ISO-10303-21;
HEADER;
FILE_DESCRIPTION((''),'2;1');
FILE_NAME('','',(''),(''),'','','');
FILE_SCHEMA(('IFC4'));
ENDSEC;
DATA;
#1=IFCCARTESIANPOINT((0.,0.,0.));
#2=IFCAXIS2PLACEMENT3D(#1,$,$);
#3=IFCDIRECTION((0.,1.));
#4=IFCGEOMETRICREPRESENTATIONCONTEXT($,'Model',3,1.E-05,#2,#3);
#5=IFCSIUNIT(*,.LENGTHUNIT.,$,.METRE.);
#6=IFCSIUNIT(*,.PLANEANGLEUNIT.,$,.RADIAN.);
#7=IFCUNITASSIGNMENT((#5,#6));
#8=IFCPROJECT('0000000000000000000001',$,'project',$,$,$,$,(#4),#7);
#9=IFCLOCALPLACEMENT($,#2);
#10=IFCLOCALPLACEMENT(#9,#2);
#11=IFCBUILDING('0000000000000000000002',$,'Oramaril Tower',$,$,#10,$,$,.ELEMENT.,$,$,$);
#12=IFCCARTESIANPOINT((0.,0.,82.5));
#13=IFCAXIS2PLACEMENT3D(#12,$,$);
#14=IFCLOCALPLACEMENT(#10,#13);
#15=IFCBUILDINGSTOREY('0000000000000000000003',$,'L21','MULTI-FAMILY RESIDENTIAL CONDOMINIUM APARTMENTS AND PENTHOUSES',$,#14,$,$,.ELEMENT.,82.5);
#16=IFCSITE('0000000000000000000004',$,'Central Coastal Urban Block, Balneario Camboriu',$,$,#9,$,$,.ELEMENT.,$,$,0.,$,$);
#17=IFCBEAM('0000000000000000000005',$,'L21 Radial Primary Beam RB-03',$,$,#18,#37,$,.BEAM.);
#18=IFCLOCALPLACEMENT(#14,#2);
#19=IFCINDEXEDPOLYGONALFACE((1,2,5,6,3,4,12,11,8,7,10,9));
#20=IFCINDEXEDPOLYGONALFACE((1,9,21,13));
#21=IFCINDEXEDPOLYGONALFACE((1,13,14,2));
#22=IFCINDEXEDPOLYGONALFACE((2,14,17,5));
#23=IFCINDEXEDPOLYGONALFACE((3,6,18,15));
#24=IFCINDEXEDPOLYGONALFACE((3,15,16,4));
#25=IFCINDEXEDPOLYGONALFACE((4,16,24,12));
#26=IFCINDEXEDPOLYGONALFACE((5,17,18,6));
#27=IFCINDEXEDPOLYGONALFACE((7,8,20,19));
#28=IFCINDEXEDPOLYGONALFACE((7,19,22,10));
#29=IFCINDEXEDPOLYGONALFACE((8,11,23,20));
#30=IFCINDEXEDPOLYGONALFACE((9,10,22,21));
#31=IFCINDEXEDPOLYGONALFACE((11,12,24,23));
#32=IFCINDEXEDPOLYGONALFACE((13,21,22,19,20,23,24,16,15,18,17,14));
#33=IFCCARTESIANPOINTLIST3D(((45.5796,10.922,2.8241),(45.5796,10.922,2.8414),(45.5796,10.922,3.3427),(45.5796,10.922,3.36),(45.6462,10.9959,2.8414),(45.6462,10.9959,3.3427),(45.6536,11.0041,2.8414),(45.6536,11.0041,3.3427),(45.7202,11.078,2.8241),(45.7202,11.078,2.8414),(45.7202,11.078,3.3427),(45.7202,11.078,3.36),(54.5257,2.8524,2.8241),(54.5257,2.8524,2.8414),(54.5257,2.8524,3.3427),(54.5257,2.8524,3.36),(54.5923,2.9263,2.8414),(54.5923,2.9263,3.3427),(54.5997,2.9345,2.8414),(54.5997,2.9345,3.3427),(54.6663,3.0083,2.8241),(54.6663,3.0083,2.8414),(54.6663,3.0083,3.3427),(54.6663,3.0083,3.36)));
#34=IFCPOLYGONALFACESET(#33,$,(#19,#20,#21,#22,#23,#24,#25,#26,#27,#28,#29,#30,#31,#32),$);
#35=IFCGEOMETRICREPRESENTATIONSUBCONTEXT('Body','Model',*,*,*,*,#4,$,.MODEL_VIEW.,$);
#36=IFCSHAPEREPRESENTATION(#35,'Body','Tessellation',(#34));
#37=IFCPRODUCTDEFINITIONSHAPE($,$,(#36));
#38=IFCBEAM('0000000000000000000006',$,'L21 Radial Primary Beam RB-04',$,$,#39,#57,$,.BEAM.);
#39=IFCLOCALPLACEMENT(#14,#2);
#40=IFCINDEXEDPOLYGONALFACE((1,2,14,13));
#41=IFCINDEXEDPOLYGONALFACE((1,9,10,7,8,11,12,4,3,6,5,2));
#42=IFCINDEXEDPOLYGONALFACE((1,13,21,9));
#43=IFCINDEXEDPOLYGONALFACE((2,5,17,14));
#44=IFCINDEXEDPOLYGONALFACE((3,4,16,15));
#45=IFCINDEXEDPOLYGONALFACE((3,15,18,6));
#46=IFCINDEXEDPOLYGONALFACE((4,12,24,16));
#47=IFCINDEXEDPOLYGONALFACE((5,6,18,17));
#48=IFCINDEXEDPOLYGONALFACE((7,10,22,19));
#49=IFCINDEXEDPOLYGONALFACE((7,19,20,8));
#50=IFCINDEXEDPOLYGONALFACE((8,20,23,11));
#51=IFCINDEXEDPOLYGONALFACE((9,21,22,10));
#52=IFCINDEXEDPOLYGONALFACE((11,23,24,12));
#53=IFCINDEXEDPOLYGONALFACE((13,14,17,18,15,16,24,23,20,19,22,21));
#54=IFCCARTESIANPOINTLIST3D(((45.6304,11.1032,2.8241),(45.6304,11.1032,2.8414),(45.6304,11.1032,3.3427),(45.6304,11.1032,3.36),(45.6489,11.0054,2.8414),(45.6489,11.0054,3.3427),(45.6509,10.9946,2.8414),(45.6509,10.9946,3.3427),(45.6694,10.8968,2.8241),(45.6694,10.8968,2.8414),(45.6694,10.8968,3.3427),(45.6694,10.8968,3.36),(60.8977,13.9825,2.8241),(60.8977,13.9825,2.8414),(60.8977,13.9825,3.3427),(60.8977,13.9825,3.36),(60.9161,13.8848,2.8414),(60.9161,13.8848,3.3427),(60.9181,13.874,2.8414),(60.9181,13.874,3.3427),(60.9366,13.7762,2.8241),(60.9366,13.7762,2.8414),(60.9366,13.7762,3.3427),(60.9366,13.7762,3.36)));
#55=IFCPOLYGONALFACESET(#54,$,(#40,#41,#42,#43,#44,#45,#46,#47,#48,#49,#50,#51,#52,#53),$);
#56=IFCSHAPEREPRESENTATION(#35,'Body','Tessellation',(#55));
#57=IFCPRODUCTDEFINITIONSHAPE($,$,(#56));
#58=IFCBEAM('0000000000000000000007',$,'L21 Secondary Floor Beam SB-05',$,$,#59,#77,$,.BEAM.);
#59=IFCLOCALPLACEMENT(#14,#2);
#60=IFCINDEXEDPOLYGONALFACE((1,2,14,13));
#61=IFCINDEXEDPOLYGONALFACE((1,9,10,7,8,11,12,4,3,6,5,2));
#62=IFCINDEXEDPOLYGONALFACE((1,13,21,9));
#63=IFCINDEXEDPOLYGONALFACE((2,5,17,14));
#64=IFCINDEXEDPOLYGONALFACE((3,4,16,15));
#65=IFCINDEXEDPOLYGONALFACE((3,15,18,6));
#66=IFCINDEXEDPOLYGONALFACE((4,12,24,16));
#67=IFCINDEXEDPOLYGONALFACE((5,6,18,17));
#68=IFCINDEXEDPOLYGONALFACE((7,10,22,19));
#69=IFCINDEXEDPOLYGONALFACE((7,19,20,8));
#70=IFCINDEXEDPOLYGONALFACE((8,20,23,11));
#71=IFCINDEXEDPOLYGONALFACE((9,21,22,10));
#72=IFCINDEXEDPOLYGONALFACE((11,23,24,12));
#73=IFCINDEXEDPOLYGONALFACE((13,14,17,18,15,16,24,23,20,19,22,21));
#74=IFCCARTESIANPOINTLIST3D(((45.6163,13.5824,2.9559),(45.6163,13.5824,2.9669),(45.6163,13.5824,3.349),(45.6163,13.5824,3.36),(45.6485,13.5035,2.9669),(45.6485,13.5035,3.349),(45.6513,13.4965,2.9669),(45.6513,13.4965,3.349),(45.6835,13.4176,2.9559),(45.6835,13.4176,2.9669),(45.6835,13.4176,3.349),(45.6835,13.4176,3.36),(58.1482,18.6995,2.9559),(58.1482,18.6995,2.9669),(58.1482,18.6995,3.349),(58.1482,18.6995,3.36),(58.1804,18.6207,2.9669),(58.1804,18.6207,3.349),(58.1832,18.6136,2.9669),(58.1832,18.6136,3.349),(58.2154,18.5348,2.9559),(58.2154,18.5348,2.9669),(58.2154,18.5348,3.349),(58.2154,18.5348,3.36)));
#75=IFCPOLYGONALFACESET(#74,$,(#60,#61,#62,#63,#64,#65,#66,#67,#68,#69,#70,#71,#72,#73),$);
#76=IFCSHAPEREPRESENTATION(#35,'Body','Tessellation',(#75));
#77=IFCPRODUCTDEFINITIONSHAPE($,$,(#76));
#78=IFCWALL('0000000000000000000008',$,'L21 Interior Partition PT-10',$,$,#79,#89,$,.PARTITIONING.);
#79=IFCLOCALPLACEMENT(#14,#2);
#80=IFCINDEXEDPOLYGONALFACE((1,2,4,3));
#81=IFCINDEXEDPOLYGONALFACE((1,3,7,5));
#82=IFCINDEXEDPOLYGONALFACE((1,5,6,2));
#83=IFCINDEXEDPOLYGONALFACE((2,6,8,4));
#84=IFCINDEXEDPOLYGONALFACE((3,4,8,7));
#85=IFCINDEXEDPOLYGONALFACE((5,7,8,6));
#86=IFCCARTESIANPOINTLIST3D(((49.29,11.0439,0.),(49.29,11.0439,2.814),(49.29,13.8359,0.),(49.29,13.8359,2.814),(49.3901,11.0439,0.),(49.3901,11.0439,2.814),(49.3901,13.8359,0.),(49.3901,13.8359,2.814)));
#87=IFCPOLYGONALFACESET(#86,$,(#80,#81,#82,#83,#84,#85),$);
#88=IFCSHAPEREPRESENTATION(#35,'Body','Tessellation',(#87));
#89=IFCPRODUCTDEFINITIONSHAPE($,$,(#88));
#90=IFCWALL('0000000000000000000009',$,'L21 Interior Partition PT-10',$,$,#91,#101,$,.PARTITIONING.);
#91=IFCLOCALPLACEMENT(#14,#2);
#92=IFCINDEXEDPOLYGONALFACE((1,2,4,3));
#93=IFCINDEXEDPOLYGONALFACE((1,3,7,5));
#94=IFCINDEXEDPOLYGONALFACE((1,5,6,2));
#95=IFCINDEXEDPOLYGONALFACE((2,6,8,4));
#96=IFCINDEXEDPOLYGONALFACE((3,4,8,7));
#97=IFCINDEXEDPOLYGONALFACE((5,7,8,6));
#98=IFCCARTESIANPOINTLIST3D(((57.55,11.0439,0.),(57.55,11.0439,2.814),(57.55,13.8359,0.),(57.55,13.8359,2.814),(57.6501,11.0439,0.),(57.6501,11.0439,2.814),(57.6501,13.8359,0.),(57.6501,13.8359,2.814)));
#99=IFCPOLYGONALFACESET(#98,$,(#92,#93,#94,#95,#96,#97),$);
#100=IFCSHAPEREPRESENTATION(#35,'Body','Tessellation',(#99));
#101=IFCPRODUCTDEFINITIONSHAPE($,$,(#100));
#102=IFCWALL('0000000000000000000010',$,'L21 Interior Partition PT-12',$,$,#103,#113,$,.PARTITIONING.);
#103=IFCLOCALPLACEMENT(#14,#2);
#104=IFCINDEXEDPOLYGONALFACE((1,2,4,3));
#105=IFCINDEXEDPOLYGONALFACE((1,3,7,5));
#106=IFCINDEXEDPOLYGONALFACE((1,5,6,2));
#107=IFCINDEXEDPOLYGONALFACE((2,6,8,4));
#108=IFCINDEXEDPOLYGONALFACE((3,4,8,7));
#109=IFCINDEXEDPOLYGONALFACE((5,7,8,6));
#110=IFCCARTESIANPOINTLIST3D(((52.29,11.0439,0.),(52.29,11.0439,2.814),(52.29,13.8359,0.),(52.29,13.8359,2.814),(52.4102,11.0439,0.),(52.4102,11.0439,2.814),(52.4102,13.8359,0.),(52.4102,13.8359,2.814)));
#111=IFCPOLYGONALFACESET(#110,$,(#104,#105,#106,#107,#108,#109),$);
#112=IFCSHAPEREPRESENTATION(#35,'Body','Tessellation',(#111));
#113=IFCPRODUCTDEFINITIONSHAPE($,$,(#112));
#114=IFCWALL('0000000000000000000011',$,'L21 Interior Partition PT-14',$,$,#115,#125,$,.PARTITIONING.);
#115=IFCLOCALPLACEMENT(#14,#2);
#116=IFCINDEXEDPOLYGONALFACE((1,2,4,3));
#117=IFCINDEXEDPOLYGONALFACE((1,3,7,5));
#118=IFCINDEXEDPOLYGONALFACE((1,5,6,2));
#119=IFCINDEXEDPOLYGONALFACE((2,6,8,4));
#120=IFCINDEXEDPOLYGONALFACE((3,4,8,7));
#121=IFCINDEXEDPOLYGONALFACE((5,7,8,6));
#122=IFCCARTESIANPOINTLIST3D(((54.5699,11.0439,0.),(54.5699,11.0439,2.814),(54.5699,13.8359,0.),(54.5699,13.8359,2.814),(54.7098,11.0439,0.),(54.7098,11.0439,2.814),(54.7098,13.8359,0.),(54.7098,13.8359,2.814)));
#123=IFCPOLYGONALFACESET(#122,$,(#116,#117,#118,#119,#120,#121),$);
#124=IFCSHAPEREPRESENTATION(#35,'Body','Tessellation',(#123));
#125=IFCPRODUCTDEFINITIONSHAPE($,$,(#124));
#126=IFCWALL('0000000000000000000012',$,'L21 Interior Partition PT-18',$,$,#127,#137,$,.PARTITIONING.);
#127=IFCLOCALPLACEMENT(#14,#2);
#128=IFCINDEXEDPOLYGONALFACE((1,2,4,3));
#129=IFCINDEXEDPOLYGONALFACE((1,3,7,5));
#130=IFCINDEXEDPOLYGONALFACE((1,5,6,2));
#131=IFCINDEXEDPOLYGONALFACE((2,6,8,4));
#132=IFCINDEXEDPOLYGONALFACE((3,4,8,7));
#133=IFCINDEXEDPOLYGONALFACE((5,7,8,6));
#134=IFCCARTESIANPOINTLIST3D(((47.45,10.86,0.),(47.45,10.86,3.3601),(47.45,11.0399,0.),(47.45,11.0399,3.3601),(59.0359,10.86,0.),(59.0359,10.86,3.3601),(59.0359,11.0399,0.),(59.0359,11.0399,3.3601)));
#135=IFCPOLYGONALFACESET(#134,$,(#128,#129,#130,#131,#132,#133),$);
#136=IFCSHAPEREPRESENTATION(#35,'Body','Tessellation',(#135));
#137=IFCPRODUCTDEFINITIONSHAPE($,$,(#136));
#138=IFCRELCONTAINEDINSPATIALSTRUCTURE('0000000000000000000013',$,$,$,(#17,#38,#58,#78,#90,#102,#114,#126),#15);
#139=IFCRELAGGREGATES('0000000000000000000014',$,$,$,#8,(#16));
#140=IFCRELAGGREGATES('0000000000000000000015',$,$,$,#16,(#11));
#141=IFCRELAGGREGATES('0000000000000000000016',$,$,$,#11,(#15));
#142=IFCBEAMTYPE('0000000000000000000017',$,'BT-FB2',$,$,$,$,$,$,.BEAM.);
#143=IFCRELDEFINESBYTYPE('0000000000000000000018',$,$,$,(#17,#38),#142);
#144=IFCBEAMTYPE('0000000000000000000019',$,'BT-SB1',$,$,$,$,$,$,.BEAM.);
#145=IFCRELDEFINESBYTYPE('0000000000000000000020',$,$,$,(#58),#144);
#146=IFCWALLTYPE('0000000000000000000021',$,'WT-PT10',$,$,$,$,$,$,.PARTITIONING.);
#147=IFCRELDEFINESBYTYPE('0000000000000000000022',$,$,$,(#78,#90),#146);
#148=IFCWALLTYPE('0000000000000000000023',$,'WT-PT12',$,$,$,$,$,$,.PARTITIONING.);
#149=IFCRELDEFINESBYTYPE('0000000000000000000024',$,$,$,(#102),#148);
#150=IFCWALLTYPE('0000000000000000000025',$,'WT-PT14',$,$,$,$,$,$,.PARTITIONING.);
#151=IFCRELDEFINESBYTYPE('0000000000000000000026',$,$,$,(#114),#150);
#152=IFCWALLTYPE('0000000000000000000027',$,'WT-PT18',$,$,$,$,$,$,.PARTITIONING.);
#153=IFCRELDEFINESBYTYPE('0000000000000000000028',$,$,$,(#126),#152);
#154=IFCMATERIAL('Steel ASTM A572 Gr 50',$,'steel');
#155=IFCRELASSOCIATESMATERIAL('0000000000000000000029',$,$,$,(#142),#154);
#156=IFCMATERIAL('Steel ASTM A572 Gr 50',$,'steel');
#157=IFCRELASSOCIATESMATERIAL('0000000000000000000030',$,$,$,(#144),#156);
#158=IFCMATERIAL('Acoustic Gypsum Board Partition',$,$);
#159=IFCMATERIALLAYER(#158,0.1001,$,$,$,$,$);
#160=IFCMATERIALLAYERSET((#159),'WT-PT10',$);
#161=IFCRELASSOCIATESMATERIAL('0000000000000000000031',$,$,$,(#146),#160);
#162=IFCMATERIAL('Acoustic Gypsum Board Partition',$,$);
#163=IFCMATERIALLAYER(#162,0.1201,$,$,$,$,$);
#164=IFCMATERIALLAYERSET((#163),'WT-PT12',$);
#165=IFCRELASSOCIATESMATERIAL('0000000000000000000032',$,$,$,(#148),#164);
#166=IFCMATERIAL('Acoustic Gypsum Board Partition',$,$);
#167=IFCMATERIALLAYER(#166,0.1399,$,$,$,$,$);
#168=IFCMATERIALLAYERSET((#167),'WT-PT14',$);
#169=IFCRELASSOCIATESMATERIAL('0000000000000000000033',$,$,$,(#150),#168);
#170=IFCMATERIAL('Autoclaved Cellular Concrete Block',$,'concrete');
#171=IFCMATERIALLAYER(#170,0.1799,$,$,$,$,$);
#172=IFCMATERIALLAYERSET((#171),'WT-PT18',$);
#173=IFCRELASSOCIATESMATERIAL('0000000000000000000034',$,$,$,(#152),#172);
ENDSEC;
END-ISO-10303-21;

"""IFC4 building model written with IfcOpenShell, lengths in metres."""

from ifc_helpers import new_model, si_unit, direction, frame, frame_2d, origin, origin_2d, place, context, subcontext, project, spatial, rectangle, i_section, extrude, material, layer, layer_set, material_profile, profile_set, type_object, element, save


model = new_model("IFC4")

# Units and contexts
model_context = context("Model", 3, precision=1e-05, world=origin(), true_north=direction((0.0, 1.0)))
body_context = subcontext(model_context, "Body", "Model", "MODEL_VIEW")
ifc_project = project(units=[si_unit("LENGTHUNIT", "METRE"), si_unit("PLANEANGLEUNIT", "RADIAN")], contexts=[model_context])

# Site, building, storey
site_placement = place(None, origin())
site = spatial("IfcSite", under=ifc_project, at=site_placement, Name="Central Coastal Urban Block, Balneario Camboriu", CompositionType="ELEMENT", RefElevation=0.0)
building_placement = place(site_placement, origin())
building = spatial("IfcBuilding", under=site, at=building_placement, Name="Oramaril Tower", CompositionType="ELEMENT")
storey_placement = place(building_placement, frame((0.0, 0.0, 82.5)))
storey = spatial("IfcBuildingStorey", under=building, at=storey_placement, Name="L21", Description="MULTI-FAMILY RESIDENTIAL CONDOMINIUM APARTMENTS AND PENTHOUSES", CompositionType="ELEMENT", Elevation=82.5)

# Beams
ifc_material_1 = material(Name="Steel ASTM A572 Gr 50", Category="steel")
ifc_material_profile_1 = material_profile(ifc_material_1, i_section(OverallWidth=0.21, OverallDepth=0.5359, WebThickness=0.011, FlangeThickness=0.0173, at=origin_2d()), Name="W21X68")
ifc_profile_set_1 = profile_set([ifc_material_profile_1], Name="Steel ASTM A572 Gr 50")
beam_type_1 = type_object("IfcBeamType", Name="BT-FB2", PredefinedType="BEAM", material=ifc_profile_set_1)
beam_1_placement = place(storey_placement, frame((45.6499, 11.0, 3.092), z_axis=(0.742545, -0.669796, 0.0), x_axis=(0.669796, 0.742545, 0.0)))
element("IfcBeam", 1, at=beam_1_placement, inside=storey, type_object=beam_type_1, Name="L21 Radial Primary Beam RB-03", PredefinedType="BEAM", context=body_context, shape_type="SweptSolid", body=[
    extrude(i_section(OverallWidth=0.21, OverallDepth=0.5359, WebThickness=0.011, FlangeThickness=0.0173, at=origin_2d()), origin(), (0.0, 0.0, 1.0), 12.0479),
])
beam_2_placement = place(storey_placement, frame((45.6499, 11.0, 3.092), z_axis=(0.982676, 0.185331, 0.0), x_axis=(-0.185331, 0.982676, 0.0)))
element("IfcBeam", 2, at=beam_2_placement, inside=storey, type_object=beam_type_1, Name="L21 Radial Primary Beam RB-04", PredefinedType="BEAM", context=body_context, shape_type="SweptSolid", body=[
    extrude(i_section(OverallWidth=0.21, OverallDepth=0.5359, WebThickness=0.011, FlangeThickness=0.0173, at=origin_2d()), origin(), (0.0, 0.0, 1.0), 15.5364),
])
ifc_material_2 = material(Name="Steel ASTM A572 Gr 50", Category="steel")
ifc_material_profile_2 = material_profile(ifc_material_2, i_section(OverallWidth=0.178, OverallDepth=0.4041, WebThickness=0.0076, FlangeThickness=0.011, at=origin_2d()), Name="W16X36")
ifc_profile_set_2 = profile_set([ifc_material_profile_2], Name="Steel ASTM A572 Gr 50")
beam_type_2 = type_object("IfcBeamType", Name="BT-SB1", PredefinedType="BEAM", material=ifc_profile_set_2)
beam_3_placement = place(storey_placement, frame((45.6499, 13.5, 3.158), z_axis=(0.925794, 0.37803, 0.0), x_axis=(-0.37803, 0.925794, 0.0)))
element("IfcBeam", 3, at=beam_3_placement, inside=storey, type_object=beam_type_2, Name="L21 Secondary Floor Beam SB-05", PredefinedType="BEAM", context=body_context, shape_type="SweptSolid", body=[
    extrude(i_section(OverallWidth=0.178, OverallDepth=0.4041, WebThickness=0.0076, FlangeThickness=0.011, at=origin_2d()), origin(), (0.0, 0.0, 1.0), 13.5364),
])

# Walls
ifc_material_3 = material(Name="Acoustic Gypsum Board Partition")
ifc_layer_1 = layer(ifc_material_3, 0.1001)
ifc_layer_set_1 = layer_set([ifc_layer_1], Name="WT-PT10")
wall_type_1 = type_object("IfcWallType", Name="WT-PT10", PredefinedType="PARTITIONING", material=ifc_layer_set_1)
for number, where, z_axis, x_axis, name in (
    (4, (49.3401, 11.0439, 0.0), (0.0, 0.0, 1.0), (0.0, 1.0, 0.0), "L21 Interior Partition PT-10"),
    (5, (57.6001, 11.0439, 0.0), (0.0, 0.0, 1.0), (0.0, 1.0, 0.0), "L21 Interior Partition PT-10"),
):
    element("IfcWall", number, at=place(storey_placement, frame(where, z_axis=z_axis, x_axis=x_axis)), inside=storey, type_object=wall_type_1, Name=name, PredefinedType="PARTITIONING", context=body_context, shape_type="SweptSolid", body=[
        extrude(rectangle(XDim=2.792, YDim=0.1001, at=frame_2d((1.396, 0.0))), origin(), (0.0, 0.0, 1.0), 2.814),
    ])
ifc_material_4 = material(Name="Acoustic Gypsum Board Partition")
ifc_layer_2 = layer(ifc_material_4, 0.1201)
ifc_layer_set_2 = layer_set([ifc_layer_2], Name="WT-PT12")
wall_type_2 = type_object("IfcWallType", Name="WT-PT12", PredefinedType="PARTITIONING", material=ifc_layer_set_2)
wall_1_placement = place(storey_placement, frame((52.3501, 11.0439, 0.0), z_axis=(0.0, 0.0, 1.0), x_axis=(0.0, 1.0, 0.0)))
element("IfcWall", 6, at=wall_1_placement, inside=storey, type_object=wall_type_2, Name="L21 Interior Partition PT-12", PredefinedType="PARTITIONING", context=body_context, shape_type="SweptSolid", body=[
    extrude(rectangle(XDim=2.792, YDim=0.1201, at=frame_2d((1.396, 0.0))), origin(), (0.0, 0.0, 1.0), 2.814),
])
ifc_material_5 = material(Name="Acoustic Gypsum Board Partition")
ifc_layer_3 = layer(ifc_material_5, 0.1399)
ifc_layer_set_3 = layer_set([ifc_layer_3], Name="WT-PT14")
wall_type_3 = type_object("IfcWallType", Name="WT-PT14", PredefinedType="PARTITIONING", material=ifc_layer_set_3)
wall_2_placement = place(storey_placement, frame((54.6399, 11.0439, 0.0), z_axis=(0.0, 0.0, 1.0), x_axis=(0.0, 1.0, 0.0)))
element("IfcWall", 7, at=wall_2_placement, inside=storey, type_object=wall_type_3, Name="L21 Interior Partition PT-14", PredefinedType="PARTITIONING", context=body_context, shape_type="SweptSolid", body=[
    extrude(rectangle(XDim=2.792, YDim=0.1399, at=frame_2d((1.396, 0.0))), origin(), (0.0, 0.0, 1.0), 2.814),
])

# Wall
ifc_material_6 = material(Name="Autoclaved Cellular Concrete Block", Category="concrete")
ifc_layer_4 = layer(ifc_material_6, 0.1799)
ifc_layer_set_4 = layer_set([ifc_layer_4], Name="WT-PT18")
wall_type_4 = type_object("IfcWallType", Name="WT-PT18", PredefinedType="PARTITIONING", material=ifc_layer_set_4)
wall_3_placement = place(storey_placement, frame((47.45, 10.95, 0.0), z_axis=(0.0, 0.0, 1.0), x_axis=(1.0, 0.0, 0.0)))
element("IfcWall", 8, at=wall_3_placement, inside=storey, type_object=wall_type_4, Name="L21 Interior Partition PT-18", PredefinedType="PARTITIONING", context=body_context, shape_type="SweptSolid", body=[
    extrude(rectangle(XDim=11.5859, YDim=0.1799, at=frame_2d((5.793, 0.0))), origin(), (0.0, 0.0, 1.0), 3.3601),
])

save(model, "model.ifc")
